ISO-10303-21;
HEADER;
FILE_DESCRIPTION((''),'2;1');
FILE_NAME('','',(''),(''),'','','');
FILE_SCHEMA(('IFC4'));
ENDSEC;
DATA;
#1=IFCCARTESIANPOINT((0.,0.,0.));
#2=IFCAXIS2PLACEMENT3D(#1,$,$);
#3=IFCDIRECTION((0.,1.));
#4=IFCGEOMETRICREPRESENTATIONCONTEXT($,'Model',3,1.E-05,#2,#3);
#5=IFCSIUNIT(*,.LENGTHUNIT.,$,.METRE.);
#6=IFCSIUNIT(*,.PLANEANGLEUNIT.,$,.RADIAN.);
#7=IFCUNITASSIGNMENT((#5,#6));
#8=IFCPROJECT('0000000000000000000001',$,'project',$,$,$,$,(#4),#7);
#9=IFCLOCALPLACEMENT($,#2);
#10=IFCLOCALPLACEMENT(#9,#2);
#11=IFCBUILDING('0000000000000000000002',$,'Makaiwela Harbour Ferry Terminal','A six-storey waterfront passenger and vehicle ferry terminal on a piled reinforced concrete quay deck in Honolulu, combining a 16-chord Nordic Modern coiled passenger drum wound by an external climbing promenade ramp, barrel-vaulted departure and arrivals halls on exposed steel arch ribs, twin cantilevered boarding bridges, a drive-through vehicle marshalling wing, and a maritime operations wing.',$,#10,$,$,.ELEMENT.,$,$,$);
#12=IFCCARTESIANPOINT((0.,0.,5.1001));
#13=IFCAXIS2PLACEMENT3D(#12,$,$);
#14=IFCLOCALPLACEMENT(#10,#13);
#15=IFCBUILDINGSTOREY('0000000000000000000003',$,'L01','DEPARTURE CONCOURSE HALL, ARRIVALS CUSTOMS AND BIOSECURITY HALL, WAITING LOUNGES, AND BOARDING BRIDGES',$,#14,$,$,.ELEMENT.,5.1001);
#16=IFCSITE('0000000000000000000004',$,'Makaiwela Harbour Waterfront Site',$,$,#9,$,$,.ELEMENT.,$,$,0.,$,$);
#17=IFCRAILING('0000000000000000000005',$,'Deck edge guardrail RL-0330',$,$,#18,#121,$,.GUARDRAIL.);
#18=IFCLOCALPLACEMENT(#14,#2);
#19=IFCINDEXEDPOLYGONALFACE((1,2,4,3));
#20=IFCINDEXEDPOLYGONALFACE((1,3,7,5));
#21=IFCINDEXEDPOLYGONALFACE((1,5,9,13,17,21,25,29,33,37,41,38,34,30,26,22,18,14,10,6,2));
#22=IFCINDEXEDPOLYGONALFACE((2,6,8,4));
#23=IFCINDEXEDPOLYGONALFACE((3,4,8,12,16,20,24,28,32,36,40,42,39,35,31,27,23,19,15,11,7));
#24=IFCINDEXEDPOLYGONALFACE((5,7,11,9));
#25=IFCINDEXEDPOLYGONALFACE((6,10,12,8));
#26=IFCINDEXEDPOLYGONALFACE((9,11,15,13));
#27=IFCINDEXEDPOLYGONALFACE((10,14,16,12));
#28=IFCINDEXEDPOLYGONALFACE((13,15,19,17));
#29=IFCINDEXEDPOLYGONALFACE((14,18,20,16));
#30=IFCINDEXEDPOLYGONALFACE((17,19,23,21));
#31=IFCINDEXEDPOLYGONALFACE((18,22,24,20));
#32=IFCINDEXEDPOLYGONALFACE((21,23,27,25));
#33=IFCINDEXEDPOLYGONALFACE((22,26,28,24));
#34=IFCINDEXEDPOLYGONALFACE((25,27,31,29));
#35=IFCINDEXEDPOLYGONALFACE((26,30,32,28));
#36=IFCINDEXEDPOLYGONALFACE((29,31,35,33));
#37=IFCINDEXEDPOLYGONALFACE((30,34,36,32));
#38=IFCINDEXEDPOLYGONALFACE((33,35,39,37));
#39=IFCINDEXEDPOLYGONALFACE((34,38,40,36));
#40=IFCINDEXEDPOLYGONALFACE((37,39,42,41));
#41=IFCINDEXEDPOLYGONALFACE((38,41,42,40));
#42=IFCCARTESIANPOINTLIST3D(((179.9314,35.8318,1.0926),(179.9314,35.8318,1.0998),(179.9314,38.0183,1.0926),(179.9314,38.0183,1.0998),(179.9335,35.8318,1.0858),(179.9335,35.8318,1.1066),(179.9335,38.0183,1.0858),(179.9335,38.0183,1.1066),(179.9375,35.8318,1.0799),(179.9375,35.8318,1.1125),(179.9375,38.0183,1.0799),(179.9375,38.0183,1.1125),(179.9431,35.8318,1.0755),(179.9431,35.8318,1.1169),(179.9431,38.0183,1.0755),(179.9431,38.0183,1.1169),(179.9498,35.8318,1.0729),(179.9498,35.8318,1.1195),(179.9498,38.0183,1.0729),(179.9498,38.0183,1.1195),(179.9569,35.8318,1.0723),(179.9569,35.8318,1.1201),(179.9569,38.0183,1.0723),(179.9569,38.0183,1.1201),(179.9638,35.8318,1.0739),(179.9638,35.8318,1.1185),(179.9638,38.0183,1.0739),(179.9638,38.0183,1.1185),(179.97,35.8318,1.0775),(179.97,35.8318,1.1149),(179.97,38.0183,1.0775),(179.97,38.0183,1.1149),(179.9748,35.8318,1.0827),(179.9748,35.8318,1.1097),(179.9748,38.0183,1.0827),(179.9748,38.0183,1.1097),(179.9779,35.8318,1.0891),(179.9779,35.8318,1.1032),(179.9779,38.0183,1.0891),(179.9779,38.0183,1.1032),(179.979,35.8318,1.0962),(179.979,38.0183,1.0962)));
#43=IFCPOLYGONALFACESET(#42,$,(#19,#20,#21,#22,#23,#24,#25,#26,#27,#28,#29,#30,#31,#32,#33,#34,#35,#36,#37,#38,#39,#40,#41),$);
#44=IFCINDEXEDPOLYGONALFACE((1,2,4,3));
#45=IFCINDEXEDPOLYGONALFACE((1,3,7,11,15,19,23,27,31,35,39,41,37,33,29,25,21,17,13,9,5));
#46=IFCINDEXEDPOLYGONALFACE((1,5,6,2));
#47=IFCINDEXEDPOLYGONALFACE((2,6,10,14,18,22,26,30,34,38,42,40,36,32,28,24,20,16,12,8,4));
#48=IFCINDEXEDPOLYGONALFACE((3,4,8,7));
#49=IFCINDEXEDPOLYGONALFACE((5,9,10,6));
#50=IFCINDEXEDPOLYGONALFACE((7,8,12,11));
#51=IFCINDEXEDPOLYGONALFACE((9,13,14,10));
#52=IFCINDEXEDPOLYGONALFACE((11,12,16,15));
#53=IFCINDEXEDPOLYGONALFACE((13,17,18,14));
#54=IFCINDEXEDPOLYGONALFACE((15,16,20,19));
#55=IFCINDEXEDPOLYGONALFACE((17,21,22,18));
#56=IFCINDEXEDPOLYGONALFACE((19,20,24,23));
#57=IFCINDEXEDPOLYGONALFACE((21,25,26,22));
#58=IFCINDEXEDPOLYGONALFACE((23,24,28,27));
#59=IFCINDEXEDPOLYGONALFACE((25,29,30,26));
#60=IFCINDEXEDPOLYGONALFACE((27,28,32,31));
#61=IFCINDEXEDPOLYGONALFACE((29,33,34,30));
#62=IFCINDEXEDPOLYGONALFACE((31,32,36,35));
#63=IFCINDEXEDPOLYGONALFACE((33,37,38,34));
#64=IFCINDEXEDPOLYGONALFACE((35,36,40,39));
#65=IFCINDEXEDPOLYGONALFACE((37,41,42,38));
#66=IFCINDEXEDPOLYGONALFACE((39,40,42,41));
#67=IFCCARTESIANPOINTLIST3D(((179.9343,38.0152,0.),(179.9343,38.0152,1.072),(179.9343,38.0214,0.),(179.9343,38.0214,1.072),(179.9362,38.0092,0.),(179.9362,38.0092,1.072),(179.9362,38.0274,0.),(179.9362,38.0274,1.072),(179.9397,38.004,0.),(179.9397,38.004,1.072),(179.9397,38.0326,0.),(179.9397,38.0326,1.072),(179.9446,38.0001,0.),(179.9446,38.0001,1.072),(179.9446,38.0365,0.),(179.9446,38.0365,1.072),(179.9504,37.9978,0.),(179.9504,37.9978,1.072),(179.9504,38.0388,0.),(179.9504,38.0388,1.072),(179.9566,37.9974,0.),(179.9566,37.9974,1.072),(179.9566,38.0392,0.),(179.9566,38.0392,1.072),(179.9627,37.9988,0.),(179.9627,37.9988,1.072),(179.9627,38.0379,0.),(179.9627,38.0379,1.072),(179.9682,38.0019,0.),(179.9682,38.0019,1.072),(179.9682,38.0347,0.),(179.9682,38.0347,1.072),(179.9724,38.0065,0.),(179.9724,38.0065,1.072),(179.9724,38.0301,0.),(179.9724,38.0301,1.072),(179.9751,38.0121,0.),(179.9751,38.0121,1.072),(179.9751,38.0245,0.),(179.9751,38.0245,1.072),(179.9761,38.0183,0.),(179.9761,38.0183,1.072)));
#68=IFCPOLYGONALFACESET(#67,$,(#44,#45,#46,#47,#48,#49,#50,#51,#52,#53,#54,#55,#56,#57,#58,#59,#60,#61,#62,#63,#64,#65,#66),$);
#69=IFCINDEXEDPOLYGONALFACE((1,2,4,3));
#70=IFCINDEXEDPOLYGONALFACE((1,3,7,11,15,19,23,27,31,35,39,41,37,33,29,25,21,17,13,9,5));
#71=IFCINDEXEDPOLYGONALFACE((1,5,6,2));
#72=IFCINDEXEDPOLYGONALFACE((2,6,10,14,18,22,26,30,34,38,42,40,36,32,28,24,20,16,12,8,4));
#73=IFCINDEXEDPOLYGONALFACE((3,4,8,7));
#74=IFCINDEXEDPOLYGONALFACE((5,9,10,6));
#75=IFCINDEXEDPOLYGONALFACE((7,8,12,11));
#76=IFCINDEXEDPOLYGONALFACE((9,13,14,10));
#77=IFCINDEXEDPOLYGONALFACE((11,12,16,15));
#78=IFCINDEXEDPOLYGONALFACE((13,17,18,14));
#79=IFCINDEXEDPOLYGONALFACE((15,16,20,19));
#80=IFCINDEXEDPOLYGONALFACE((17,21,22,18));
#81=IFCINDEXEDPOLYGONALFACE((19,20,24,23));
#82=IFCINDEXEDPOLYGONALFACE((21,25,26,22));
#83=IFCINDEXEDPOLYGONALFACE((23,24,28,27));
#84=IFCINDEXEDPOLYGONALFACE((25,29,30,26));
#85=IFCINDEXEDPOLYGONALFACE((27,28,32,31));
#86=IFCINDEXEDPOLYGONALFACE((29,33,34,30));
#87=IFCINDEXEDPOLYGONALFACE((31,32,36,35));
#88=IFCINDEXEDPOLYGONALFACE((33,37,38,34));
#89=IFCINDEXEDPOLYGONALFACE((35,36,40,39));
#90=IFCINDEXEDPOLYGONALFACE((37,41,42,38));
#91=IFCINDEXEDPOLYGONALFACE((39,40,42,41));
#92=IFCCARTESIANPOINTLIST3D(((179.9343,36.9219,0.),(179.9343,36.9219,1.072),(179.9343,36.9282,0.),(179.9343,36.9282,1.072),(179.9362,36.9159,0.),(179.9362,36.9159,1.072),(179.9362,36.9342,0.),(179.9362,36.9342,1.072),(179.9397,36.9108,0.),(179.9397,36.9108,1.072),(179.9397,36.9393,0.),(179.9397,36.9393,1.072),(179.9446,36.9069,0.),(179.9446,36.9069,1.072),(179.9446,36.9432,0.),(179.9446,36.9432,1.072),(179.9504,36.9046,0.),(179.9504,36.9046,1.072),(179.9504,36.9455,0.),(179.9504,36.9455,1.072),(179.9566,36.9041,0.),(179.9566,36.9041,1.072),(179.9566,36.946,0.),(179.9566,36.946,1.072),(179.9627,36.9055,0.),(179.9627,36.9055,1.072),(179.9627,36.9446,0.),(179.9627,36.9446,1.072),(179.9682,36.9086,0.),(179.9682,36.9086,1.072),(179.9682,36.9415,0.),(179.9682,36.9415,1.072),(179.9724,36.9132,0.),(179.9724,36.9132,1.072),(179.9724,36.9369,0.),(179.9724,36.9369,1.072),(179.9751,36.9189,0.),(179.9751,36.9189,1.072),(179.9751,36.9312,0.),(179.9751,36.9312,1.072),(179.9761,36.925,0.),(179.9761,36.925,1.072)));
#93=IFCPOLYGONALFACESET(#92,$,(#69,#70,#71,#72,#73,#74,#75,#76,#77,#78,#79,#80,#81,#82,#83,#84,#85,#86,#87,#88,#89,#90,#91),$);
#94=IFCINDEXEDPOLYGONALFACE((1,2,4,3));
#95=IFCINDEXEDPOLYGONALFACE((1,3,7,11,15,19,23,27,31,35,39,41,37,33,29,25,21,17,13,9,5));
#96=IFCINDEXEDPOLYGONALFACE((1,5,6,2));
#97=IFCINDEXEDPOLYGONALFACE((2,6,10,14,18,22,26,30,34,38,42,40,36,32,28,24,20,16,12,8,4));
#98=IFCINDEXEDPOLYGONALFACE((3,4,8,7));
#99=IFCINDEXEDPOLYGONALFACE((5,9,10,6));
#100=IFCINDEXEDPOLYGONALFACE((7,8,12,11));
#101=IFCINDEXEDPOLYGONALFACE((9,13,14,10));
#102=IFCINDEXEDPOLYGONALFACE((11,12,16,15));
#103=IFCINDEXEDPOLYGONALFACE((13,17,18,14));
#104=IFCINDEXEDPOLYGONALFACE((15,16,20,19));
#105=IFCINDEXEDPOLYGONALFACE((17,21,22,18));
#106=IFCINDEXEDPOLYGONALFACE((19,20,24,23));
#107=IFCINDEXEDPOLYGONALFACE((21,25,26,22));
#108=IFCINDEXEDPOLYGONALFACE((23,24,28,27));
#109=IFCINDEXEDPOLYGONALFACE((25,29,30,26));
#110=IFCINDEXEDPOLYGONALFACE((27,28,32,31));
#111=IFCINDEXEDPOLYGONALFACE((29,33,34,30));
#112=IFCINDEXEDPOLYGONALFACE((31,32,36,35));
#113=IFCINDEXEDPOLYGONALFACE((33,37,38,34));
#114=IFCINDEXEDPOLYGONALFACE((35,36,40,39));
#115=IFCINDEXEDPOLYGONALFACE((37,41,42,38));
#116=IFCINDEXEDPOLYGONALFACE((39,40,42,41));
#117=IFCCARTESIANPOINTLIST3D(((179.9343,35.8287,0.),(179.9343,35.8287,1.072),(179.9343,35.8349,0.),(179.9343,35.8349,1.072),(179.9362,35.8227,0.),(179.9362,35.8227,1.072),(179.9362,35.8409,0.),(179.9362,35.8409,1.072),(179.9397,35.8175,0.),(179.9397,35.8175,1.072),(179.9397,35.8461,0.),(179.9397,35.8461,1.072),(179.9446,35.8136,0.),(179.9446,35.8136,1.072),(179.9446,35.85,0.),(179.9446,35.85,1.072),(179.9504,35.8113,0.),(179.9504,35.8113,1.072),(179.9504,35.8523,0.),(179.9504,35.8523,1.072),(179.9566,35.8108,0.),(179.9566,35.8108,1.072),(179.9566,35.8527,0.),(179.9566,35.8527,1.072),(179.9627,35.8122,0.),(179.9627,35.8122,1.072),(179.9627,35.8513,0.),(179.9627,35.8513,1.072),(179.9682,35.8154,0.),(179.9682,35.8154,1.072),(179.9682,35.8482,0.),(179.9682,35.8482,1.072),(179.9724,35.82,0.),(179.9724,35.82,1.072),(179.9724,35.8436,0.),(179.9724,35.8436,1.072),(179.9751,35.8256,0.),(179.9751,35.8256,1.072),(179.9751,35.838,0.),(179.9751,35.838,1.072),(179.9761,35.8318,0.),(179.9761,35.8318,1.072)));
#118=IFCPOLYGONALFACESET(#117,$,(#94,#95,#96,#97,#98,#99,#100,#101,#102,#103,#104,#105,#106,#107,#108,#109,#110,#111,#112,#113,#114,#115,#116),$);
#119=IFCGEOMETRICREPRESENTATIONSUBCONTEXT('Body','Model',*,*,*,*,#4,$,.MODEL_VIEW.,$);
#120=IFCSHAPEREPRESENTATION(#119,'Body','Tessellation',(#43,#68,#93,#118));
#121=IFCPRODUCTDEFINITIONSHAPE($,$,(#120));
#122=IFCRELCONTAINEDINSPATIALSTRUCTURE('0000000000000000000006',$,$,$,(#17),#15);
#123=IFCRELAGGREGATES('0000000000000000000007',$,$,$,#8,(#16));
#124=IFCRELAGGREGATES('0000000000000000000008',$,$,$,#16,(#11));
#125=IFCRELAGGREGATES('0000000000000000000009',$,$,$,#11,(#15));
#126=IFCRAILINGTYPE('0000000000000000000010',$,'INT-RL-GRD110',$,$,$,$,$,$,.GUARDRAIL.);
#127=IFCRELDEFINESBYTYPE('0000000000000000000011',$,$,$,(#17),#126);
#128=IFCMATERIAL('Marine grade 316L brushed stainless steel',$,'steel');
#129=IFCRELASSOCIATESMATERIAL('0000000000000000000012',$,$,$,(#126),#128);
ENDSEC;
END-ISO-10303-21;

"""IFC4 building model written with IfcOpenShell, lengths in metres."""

from ifc_helpers import new_model, si_unit, direction, frame, origin, origin_2d, place, context, subcontext, project, spatial, circle, extrude, material, type_object, element, save


model = new_model("IFC4")

# Units and contexts
model_context = context("Model", 3, precision=1e-05, world=origin(), true_north=direction((0.0, 1.0)))
body_context = subcontext(model_context, "Body", "Model", "MODEL_VIEW")
ifc_project = project(units=[si_unit("LENGTHUNIT", "METRE"), si_unit("PLANEANGLEUNIT", "RADIAN")], contexts=[model_context])

# Site, building, storey
site_placement = place(None, origin())
site = spatial("IfcSite", under=ifc_project, at=site_placement, Name="Makaiwela Harbour Waterfront Site", CompositionType="ELEMENT", RefElevation=0.0)
building_placement = place(site_placement, origin())
building = spatial("IfcBuilding", under=site, at=building_placement, Name="Makaiwela Harbour Ferry Terminal", Description="A six-storey waterfront passenger and vehicle ferry terminal on a piled reinforced concrete quay deck in Honolulu, combining a 16-chord Nordic Modern coiled passenger drum wound by an external climbing promenade ramp, barrel-vaulted departure and arrivals halls on exposed steel arch ribs, twin cantilevered boarding bridges, a drive-through vehicle marshalling wing, and a maritime operations wing.", CompositionType="ELEMENT")
storey_placement = place(building_placement, frame((0.0, 0.0, 5.1001)))
storey = spatial("IfcBuildingStorey", under=building, at=storey_placement, Name="L01", Description="DEPARTURE CONCOURSE HALL, ARRIVALS CUSTOMS AND BIOSECURITY HALL, WAITING LOUNGES, AND BOARDING BRIDGES", CompositionType="ELEMENT", Elevation=5.1001)

# Railing
ifc_material_1 = material(Name="Marine grade 316L brushed stainless steel", Category="steel")
railing_type = type_object("IfcRailingType", Name="INT-RL-GRD110", PredefinedType="GUARDRAIL", material=ifc_material_1)
railing_1_placement = place(storey_placement, frame((179.9551, 38.0183, 0.0)))
element("IfcRailing", 1, at=railing_1_placement, inside=storey, type_object=railing_type, Name="Deck edge guardrail RL-0330", PredefinedType="GUARDRAIL", context=body_context, shape_type="SweptSolid", body=[
    extrude(circle(Radius=0.0239, at=origin_2d()), frame((0.0, 0.0, 1.0962), z_axis=(0.0, -1.0, 0.0), x_axis=(1.0, 0.0, 0.0)), (0.0, 0.0, 1.0), 2.1865),
    extrude(circle(Radius=0.021, at=origin_2d()), origin(), (0.0, 0.0, 1.0), 1.072),
    extrude(circle(Radius=0.021, at=origin_2d()), frame((0.0, -1.0933, 0.0)), (0.0, 0.0, 1.0), 1.072),
    extrude(circle(Radius=0.021, at=origin_2d()), frame((0.0, -2.1865, 0.0)), (0.0, 0.0, 1.0), 1.072),
])

save(model, "model.ifc")
